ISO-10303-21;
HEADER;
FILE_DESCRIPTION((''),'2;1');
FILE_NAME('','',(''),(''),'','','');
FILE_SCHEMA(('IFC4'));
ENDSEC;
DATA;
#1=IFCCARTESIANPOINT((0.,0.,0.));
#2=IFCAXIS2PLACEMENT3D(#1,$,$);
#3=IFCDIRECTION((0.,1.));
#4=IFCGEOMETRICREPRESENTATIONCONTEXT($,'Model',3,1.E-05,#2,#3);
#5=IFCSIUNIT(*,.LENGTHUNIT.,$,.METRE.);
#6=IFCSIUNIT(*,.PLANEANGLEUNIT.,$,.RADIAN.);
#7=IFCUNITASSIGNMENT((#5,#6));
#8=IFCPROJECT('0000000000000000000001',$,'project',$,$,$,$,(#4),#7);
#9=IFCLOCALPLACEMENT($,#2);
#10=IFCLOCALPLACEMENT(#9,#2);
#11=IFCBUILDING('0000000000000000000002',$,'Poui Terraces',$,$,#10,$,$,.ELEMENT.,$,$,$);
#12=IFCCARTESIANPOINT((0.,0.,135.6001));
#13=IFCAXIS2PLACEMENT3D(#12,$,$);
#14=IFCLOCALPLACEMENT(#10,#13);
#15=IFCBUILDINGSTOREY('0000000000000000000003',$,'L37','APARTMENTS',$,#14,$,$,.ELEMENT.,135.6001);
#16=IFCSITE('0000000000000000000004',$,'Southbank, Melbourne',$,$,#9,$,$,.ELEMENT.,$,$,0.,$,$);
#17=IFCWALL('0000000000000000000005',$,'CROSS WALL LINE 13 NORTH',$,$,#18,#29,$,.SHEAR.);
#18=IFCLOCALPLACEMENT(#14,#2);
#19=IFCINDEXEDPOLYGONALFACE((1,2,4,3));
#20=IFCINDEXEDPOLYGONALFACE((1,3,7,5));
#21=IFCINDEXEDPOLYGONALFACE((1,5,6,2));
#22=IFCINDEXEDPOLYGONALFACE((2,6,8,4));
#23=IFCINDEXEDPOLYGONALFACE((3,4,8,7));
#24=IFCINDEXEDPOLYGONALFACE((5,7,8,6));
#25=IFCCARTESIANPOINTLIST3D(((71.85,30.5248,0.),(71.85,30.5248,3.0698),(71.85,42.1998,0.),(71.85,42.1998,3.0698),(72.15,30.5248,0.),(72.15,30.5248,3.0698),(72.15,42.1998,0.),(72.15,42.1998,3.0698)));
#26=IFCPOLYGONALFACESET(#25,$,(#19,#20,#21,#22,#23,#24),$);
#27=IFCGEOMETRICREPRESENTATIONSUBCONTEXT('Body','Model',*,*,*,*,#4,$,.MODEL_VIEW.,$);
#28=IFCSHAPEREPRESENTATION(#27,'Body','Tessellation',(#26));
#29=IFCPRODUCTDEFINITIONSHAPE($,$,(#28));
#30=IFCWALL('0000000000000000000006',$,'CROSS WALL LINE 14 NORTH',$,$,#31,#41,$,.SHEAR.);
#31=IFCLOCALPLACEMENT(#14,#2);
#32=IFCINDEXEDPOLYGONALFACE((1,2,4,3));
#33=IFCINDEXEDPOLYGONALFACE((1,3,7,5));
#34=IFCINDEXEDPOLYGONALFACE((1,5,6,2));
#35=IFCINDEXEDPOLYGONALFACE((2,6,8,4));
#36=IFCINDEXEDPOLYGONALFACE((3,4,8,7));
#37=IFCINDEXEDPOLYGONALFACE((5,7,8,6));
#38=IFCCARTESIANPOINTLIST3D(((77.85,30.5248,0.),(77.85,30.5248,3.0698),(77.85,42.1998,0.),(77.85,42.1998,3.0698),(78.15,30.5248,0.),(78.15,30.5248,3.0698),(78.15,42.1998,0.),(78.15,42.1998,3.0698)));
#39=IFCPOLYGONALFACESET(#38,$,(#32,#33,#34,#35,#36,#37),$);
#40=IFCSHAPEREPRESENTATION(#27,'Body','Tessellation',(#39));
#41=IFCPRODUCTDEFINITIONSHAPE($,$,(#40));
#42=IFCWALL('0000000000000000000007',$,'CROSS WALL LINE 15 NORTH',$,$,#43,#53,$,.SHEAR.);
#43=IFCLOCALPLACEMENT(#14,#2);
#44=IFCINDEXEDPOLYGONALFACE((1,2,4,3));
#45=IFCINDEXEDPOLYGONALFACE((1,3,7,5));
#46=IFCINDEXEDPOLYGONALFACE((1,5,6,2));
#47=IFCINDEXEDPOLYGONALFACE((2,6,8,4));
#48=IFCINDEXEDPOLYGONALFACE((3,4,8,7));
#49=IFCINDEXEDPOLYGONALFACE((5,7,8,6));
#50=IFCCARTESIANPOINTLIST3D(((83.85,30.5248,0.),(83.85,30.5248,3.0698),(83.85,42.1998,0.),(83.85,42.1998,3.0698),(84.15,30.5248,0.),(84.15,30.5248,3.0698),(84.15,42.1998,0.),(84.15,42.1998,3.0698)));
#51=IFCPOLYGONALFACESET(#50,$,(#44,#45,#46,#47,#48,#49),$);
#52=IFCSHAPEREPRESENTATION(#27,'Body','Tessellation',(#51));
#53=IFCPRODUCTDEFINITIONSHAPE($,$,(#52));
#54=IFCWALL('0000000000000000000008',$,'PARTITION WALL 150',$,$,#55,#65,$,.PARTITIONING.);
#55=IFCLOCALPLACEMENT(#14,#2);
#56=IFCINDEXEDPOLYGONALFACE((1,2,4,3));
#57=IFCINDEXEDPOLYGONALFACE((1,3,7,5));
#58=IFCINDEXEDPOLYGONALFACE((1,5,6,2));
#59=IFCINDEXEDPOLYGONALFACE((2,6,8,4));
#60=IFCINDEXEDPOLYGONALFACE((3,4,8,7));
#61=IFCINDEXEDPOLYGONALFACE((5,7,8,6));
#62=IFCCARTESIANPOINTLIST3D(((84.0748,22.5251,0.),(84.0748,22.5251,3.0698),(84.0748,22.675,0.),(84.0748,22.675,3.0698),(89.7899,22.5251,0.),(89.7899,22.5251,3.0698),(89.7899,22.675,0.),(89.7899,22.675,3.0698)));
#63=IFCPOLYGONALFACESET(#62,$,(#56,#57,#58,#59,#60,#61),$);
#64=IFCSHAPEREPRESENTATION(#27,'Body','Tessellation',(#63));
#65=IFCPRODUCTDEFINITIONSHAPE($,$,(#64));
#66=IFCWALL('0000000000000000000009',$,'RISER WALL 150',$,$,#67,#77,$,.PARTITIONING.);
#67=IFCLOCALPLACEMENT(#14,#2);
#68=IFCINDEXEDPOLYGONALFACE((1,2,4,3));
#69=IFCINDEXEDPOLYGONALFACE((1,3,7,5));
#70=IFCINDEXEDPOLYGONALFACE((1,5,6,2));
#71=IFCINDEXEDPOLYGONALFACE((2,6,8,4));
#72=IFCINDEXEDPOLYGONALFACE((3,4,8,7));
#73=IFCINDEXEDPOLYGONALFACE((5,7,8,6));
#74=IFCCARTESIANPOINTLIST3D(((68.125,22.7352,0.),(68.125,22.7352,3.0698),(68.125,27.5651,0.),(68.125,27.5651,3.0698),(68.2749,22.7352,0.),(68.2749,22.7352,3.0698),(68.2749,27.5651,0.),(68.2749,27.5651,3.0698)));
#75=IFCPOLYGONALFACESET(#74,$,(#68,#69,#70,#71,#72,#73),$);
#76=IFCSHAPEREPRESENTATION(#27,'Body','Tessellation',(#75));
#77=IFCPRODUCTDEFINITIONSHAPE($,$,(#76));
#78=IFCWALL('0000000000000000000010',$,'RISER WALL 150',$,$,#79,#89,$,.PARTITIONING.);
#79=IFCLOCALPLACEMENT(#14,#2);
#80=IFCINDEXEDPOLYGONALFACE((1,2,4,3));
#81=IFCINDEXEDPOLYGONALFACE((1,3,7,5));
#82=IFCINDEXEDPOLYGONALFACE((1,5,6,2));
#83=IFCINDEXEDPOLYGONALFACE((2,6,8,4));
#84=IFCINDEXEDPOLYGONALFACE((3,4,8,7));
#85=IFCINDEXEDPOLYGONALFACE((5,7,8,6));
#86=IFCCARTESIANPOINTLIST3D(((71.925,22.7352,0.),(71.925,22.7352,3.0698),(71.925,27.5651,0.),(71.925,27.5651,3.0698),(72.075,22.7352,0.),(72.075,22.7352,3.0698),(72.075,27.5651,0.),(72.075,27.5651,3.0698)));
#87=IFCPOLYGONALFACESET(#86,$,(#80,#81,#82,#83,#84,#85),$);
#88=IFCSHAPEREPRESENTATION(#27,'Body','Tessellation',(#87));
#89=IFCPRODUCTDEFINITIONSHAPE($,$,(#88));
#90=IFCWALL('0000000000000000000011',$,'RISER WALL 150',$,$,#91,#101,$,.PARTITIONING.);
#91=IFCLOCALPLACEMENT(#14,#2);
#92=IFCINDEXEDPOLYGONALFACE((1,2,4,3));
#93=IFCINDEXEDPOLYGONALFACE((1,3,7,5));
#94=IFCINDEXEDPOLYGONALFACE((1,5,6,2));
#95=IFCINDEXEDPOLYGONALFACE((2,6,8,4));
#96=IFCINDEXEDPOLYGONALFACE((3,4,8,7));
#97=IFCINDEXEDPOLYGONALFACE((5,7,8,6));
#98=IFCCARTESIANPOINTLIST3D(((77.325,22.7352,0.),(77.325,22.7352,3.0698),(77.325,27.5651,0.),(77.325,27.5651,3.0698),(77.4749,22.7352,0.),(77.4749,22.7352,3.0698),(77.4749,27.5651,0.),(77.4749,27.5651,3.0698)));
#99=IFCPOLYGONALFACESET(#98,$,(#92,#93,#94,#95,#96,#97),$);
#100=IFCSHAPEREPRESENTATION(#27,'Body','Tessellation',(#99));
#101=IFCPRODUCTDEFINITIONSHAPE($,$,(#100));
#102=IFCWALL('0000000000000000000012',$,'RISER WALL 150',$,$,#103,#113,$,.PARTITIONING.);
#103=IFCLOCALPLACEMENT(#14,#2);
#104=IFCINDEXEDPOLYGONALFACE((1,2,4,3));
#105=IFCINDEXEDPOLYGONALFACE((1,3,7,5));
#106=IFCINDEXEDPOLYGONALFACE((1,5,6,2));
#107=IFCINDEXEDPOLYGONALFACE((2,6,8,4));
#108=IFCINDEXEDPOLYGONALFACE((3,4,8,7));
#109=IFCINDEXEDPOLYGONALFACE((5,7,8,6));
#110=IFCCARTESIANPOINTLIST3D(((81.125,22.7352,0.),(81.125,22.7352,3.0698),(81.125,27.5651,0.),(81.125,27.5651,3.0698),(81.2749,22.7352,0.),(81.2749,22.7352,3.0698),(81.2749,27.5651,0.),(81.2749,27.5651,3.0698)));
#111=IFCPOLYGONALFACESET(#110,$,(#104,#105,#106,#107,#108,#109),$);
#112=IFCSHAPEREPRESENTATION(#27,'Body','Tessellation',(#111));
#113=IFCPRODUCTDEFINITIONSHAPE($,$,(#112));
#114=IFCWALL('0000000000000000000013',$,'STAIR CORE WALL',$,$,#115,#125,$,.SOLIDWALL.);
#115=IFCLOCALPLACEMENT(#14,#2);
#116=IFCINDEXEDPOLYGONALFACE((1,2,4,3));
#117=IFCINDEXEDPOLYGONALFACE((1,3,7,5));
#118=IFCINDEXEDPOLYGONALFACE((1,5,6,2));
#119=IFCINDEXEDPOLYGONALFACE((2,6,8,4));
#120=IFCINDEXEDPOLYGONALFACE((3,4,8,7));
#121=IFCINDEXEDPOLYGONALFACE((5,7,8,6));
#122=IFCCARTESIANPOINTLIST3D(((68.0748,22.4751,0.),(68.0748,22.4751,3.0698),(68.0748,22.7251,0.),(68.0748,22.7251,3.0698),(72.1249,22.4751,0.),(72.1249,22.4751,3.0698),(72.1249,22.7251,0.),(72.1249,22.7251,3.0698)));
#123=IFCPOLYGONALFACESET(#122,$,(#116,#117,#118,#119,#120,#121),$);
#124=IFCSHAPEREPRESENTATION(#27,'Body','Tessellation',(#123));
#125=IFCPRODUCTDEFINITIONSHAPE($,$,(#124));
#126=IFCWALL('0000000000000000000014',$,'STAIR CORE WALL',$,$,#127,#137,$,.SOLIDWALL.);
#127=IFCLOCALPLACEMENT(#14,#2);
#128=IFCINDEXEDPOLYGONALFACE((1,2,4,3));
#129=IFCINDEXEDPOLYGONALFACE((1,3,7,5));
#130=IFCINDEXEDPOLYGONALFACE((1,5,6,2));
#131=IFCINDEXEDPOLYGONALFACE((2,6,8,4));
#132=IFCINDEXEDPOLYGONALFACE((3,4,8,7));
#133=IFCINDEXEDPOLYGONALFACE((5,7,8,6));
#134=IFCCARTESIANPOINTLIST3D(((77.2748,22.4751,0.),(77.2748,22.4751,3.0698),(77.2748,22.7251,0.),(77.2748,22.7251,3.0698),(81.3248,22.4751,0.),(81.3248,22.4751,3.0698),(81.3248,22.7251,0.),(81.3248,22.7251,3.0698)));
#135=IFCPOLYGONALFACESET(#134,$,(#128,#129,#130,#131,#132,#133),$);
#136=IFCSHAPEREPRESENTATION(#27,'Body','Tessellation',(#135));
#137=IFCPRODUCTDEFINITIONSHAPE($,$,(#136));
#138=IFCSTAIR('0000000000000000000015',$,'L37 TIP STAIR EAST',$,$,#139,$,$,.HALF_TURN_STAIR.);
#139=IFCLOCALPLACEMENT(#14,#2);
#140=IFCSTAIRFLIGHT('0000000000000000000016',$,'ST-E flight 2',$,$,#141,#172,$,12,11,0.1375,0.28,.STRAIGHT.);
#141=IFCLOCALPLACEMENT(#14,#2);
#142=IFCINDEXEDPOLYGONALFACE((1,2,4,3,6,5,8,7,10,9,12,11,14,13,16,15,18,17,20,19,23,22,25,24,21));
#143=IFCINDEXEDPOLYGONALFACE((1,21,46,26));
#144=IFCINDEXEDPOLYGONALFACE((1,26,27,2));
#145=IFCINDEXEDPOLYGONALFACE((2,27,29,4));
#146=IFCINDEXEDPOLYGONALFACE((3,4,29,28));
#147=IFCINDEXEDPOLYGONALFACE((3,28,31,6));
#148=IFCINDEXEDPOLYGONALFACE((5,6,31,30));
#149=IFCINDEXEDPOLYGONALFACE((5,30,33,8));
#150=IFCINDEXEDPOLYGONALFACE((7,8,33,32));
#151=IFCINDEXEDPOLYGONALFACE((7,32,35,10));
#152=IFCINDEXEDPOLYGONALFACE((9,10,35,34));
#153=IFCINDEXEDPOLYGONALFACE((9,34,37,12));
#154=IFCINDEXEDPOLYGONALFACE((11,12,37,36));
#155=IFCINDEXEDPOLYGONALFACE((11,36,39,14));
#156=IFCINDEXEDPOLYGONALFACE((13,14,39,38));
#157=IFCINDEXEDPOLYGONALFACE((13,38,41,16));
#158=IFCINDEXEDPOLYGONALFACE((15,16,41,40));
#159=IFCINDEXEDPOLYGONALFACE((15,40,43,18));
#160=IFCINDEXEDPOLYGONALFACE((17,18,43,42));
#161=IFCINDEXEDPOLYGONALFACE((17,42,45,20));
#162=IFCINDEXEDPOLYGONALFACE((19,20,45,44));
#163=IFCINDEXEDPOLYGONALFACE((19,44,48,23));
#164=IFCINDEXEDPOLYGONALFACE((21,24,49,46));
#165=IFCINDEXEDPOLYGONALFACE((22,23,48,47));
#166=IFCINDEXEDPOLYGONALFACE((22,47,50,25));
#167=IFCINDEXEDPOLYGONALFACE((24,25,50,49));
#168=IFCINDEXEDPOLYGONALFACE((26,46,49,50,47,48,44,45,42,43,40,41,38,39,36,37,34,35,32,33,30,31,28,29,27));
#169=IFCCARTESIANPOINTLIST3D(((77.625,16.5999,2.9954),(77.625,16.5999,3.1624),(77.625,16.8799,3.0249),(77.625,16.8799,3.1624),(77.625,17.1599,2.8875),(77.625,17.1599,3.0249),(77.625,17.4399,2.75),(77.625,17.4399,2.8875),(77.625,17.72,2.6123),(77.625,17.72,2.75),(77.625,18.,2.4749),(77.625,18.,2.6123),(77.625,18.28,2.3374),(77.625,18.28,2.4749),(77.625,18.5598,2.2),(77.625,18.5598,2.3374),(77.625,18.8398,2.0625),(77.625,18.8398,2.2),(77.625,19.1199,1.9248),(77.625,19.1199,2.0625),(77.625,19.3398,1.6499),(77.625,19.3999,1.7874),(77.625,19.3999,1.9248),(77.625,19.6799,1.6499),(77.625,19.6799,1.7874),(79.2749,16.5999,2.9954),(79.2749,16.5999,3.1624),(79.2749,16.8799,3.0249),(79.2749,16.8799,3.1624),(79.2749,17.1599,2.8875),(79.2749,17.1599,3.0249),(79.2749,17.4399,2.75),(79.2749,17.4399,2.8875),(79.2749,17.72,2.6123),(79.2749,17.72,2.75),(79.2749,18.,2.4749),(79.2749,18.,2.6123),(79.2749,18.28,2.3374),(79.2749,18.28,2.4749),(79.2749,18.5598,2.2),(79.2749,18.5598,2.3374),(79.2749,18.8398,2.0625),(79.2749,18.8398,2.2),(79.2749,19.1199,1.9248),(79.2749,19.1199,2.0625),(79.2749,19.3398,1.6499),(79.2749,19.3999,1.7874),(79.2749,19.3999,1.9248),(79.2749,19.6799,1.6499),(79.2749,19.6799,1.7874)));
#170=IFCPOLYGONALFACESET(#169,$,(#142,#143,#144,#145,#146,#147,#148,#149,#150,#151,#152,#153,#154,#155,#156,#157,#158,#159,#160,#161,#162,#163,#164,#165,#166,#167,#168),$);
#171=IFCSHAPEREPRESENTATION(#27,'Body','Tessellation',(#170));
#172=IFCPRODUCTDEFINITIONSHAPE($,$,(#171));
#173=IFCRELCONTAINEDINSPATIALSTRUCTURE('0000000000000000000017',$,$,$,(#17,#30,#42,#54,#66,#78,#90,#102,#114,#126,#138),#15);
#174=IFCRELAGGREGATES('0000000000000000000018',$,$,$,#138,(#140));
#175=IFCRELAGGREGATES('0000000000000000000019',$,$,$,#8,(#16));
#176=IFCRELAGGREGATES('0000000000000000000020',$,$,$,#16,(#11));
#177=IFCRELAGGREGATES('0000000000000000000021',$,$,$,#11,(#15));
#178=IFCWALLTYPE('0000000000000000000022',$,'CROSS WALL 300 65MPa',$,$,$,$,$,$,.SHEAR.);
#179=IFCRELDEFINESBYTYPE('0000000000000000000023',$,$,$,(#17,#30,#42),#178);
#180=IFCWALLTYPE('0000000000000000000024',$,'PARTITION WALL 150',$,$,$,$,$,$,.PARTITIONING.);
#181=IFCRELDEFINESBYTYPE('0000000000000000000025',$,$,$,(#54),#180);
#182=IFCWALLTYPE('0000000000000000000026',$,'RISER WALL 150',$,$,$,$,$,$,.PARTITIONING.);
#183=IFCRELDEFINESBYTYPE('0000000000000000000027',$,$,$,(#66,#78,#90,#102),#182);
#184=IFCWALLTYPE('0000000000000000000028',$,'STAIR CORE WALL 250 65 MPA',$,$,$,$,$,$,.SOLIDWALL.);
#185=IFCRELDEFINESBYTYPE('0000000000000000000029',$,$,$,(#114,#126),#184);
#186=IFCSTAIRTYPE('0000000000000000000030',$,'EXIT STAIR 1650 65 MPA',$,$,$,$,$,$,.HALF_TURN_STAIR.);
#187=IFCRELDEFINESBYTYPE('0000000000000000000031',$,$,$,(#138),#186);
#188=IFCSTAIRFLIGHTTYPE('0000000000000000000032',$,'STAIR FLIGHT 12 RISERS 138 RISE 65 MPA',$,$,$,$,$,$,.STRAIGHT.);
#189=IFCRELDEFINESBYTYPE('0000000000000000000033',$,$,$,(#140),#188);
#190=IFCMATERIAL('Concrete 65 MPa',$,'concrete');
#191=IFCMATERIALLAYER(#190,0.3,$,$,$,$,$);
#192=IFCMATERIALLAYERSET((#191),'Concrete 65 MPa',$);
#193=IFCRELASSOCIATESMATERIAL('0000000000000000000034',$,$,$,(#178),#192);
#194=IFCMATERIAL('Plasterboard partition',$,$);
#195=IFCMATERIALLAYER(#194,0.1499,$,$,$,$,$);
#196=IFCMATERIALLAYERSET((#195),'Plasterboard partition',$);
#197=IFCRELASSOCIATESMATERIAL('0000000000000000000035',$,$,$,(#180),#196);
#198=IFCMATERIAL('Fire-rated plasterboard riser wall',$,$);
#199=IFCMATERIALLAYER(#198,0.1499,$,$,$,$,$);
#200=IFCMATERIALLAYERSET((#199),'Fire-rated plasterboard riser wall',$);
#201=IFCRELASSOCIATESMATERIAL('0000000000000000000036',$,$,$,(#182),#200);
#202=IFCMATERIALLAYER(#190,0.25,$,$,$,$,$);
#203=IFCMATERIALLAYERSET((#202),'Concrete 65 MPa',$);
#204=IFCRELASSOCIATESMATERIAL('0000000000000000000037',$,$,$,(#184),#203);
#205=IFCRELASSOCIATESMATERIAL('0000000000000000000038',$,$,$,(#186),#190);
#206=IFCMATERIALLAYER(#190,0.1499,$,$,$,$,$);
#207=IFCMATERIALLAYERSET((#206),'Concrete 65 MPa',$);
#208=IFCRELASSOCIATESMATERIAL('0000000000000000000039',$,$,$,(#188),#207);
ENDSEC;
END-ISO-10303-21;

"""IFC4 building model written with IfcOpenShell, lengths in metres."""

from ifc_helpers import new_model, si_unit, direction, frame, frame_2d, origin, place, context, subcontext, project, spatial, polyline, rectangle, outline, extrude, material, layer, layer_set, type_object, element, aggregate, save


model = new_model("IFC4")

# Units and contexts
model_context = context("Model", 3, precision=1e-05, world=origin(), true_north=direction((0.0, 1.0)))
body_context = subcontext(model_context, "Body", "Model", "MODEL_VIEW")
ifc_project = project(units=[si_unit("LENGTHUNIT", "METRE"), si_unit("PLANEANGLEUNIT", "RADIAN")], contexts=[model_context])

# Site, building, storey
site_placement = place(None, origin())
site = spatial("IfcSite", under=ifc_project, at=site_placement, Name="Southbank, Melbourne", CompositionType="ELEMENT", RefElevation=0.0)
building_placement = place(site_placement, origin())
building = spatial("IfcBuilding", under=site, at=building_placement, Name="Poui Terraces", CompositionType="ELEMENT")
storey_placement = place(building_placement, frame((0.0, 0.0, 135.6001)))
storey = spatial("IfcBuildingStorey", under=building, at=storey_placement, Name="L37", Description="APARTMENTS", CompositionType="ELEMENT", Elevation=135.6001)

# Shared definitions
ifc_material_1 = material(Name="Concrete 65 MPa", Category="concrete")

# Shared definitions
ifc_layer_1 = layer(ifc_material_1, 0.3)
ifc_layer_set_1 = layer_set([ifc_layer_1], Name="Concrete 65 MPa")
wall_type_1 = type_object("IfcWallType", Name="CROSS WALL 300 65MPa", PredefinedType="SHEAR", material=ifc_layer_set_1)

# Walls
for number, where, z_axis, x_axis, name in (
    (1, (72.0, 30.5249, 0.0), (0.0, 0.0, 1.0), (0.0, 1.0, 0.0), "CROSS WALL LINE 13 NORTH"),
    (2, (78.0, 30.5249, 0.0), (0.0, 0.0, 1.0), (0.0, 1.0, 0.0), "CROSS WALL LINE 14 NORTH"),
    (3, (84.0, 30.5249, 0.0), (0.0, 0.0, 1.0), (0.0, 1.0, 0.0), "CROSS WALL LINE 15 NORTH"),
):
    element("IfcWall", number, at=place(storey_placement, frame(where, z_axis=z_axis, x_axis=x_axis)), inside=storey, type_object=wall_type_1, Name=name, PredefinedType="SHEAR", context=body_context, shape_type="SweptSolid", body=[
        extrude(rectangle(XDim=11.675, YDim=0.3, at=frame_2d((5.8374, 0.0))), origin(), (0.0, 0.0, 1.0), 3.0698),
    ])
ifc_material_2 = material(Name="Plasterboard partition")
ifc_layer_2 = layer(ifc_material_2, 0.1499)
ifc_layer_set_2 = layer_set([ifc_layer_2], Name="Plasterboard partition")
wall_type_2 = type_object("IfcWallType", Name="PARTITION WALL 150", PredefinedType="PARTITIONING", material=ifc_layer_set_2)
wall_1_placement = place(storey_placement, frame((84.075, 22.6001, 0.0), z_axis=(0.0, 0.0, 1.0), x_axis=(1.0, 0.0, 0.0)))
element("IfcWall", 4, at=wall_1_placement, inside=storey, type_object=wall_type_2, Name="PARTITION WALL 150", PredefinedType="PARTITIONING", context=body_context, shape_type="SweptSolid", body=[
    extrude(rectangle(XDim=5.7151, YDim=0.1499, at=frame_2d((2.8574, 0.0))), origin(), (0.0, 0.0, 1.0), 3.0698),
])
ifc_material_3 = material(Name="Fire-rated plasterboard riser wall")
ifc_layer_3 = layer(ifc_material_3, 0.1499)
ifc_layer_set_3 = layer_set([ifc_layer_3], Name="Fire-rated plasterboard riser wall")
wall_type_3 = type_object("IfcWallType", Name="RISER WALL 150", PredefinedType="PARTITIONING", material=ifc_layer_set_3)
for number, where, z_axis, x_axis, name in (
    (5, (68.2, 22.7351, 0.0), (0.0, 0.0, 1.0), (0.0, 1.0, 0.0), "RISER WALL 150"),
    (6, (72.0, 22.7351, 0.0), (0.0, 0.0, 1.0), (0.0, 1.0, 0.0), "RISER WALL 150"),
    (7, (77.3999, 22.7351, 0.0), (0.0, 0.0, 1.0), (0.0, 1.0, 0.0), "RISER WALL 150"),
    (8, (81.2, 22.7351, 0.0), (0.0, 0.0, 1.0), (0.0, 1.0, 0.0), "RISER WALL 150"),
):
    element("IfcWall", number, at=place(storey_placement, frame(where, z_axis=z_axis, x_axis=x_axis)), inside=storey, type_object=wall_type_3, Name=name, PredefinedType="PARTITIONING", context=body_context, shape_type="SweptSolid", body=[
        extrude(rectangle(XDim=4.8298, YDim=0.1499, at=frame_2d((2.415, 0.0))), origin(), (0.0, 0.0, 1.0), 3.0698),
    ])
ifc_layer_4 = layer(ifc_material_1, 0.25)
ifc_layer_set_4 = layer_set([ifc_layer_4], Name="Concrete 65 MPa")
wall_type_4 = type_object("IfcWallType", Name="STAIR CORE WALL 250 65 MPA", PredefinedType="SOLIDWALL", material=ifc_layer_set_4)
for number, where, z_axis, x_axis, name in (
    (9, (68.075, 22.6001, 0.0), (0.0, 0.0, 1.0), (1.0, 0.0, 0.0), "STAIR CORE WALL"),
    (10, (77.2749, 22.6001, 0.0), (0.0, 0.0, 1.0), (1.0, 0.0, 0.0), "STAIR CORE WALL"),
):
    element("IfcWall", number, at=place(storey_placement, frame(where, z_axis=z_axis, x_axis=x_axis)), inside=storey, type_object=wall_type_4, Name=name, PredefinedType="SOLIDWALL", context=body_context, shape_type="SweptSolid", body=[
        extrude(rectangle(XDim=4.05, YDim=0.25, at=frame_2d((2.0249, 0.0))), origin(), (0.0, 0.0, 1.0), 3.0698),
    ])

# Stair, stair flight
stair_type = type_object("IfcStairType", Name="EXIT STAIR 1650 65 MPA", PredefinedType="HALF_TURN_STAIR", material=ifc_material_1)
stair_placement = place(storey_placement, origin())
stair = element("IfcStair", 11, at=stair_placement, inside=storey, type_object=stair_type, Name="L37 TIP STAIR EAST", PredefinedType="HALF_TURN_STAIR")
ifc_layer_5 = layer(ifc_material_1, 0.1499)
ifc_layer_set_5 = layer_set([ifc_layer_5], Name="Concrete 65 MPa")
stair_flight_type = type_object("IfcStairFlightType", Name="STAIR FLIGHT 12 RISERS 138 RISE 65 MPA", PredefinedType="STRAIGHT", material=ifc_layer_set_5)
stair_flight_placement = place(storey_placement, frame((78.45, 19.6799, 1.6499), z_axis=(0.0, 0.0, 1.0), x_axis=(0.0, -1.0, 0.0)))
stair_flight = element("IfcStairFlight", 12, at=stair_flight_placement, type_object=stair_flight_type, Name="ST-E flight 2", NumberOfRisers=12, NumberOfTreads=11, PredefinedType="STRAIGHT", RiserHeight=0.1375, TreadLength=0.28, context=body_context, shape_type="SweptSolid", body=[
    extrude(outline(polyline([(0.0, 0.0), (0.0, 0.1375), (0.28, 0.1375), (0.28, 0.2749), (0.5601, 0.2749), (0.5601, 0.4126), (0.8401, 0.4126), (0.8401, 0.55), (1.1201, 0.55), (1.1201, 0.6875), (1.3999, 0.6875), (1.3999, 0.825), (1.6799, 0.825), (1.6799, 0.9624), (1.96, 0.9624), (1.96, 1.1001), (2.24, 1.1001), (2.24, 1.2375), (2.52, 1.2375), (2.52, 1.375), (2.8, 1.375), (2.8, 1.5125), (3.0801, 1.5125), (3.0801, 1.6499), (3.0801, 1.3455), (0.3401, 0.0), (0.0, 0.0)])), frame((0.0, 0.825, 0.0), z_axis=(0.0, -1.0, 0.0), x_axis=(1.0, 0.0, 0.0)), (0.0, 0.0, 1.0), 1.6499),
])
aggregate(stair, [stair_flight])

save(model, "model.ifc")
